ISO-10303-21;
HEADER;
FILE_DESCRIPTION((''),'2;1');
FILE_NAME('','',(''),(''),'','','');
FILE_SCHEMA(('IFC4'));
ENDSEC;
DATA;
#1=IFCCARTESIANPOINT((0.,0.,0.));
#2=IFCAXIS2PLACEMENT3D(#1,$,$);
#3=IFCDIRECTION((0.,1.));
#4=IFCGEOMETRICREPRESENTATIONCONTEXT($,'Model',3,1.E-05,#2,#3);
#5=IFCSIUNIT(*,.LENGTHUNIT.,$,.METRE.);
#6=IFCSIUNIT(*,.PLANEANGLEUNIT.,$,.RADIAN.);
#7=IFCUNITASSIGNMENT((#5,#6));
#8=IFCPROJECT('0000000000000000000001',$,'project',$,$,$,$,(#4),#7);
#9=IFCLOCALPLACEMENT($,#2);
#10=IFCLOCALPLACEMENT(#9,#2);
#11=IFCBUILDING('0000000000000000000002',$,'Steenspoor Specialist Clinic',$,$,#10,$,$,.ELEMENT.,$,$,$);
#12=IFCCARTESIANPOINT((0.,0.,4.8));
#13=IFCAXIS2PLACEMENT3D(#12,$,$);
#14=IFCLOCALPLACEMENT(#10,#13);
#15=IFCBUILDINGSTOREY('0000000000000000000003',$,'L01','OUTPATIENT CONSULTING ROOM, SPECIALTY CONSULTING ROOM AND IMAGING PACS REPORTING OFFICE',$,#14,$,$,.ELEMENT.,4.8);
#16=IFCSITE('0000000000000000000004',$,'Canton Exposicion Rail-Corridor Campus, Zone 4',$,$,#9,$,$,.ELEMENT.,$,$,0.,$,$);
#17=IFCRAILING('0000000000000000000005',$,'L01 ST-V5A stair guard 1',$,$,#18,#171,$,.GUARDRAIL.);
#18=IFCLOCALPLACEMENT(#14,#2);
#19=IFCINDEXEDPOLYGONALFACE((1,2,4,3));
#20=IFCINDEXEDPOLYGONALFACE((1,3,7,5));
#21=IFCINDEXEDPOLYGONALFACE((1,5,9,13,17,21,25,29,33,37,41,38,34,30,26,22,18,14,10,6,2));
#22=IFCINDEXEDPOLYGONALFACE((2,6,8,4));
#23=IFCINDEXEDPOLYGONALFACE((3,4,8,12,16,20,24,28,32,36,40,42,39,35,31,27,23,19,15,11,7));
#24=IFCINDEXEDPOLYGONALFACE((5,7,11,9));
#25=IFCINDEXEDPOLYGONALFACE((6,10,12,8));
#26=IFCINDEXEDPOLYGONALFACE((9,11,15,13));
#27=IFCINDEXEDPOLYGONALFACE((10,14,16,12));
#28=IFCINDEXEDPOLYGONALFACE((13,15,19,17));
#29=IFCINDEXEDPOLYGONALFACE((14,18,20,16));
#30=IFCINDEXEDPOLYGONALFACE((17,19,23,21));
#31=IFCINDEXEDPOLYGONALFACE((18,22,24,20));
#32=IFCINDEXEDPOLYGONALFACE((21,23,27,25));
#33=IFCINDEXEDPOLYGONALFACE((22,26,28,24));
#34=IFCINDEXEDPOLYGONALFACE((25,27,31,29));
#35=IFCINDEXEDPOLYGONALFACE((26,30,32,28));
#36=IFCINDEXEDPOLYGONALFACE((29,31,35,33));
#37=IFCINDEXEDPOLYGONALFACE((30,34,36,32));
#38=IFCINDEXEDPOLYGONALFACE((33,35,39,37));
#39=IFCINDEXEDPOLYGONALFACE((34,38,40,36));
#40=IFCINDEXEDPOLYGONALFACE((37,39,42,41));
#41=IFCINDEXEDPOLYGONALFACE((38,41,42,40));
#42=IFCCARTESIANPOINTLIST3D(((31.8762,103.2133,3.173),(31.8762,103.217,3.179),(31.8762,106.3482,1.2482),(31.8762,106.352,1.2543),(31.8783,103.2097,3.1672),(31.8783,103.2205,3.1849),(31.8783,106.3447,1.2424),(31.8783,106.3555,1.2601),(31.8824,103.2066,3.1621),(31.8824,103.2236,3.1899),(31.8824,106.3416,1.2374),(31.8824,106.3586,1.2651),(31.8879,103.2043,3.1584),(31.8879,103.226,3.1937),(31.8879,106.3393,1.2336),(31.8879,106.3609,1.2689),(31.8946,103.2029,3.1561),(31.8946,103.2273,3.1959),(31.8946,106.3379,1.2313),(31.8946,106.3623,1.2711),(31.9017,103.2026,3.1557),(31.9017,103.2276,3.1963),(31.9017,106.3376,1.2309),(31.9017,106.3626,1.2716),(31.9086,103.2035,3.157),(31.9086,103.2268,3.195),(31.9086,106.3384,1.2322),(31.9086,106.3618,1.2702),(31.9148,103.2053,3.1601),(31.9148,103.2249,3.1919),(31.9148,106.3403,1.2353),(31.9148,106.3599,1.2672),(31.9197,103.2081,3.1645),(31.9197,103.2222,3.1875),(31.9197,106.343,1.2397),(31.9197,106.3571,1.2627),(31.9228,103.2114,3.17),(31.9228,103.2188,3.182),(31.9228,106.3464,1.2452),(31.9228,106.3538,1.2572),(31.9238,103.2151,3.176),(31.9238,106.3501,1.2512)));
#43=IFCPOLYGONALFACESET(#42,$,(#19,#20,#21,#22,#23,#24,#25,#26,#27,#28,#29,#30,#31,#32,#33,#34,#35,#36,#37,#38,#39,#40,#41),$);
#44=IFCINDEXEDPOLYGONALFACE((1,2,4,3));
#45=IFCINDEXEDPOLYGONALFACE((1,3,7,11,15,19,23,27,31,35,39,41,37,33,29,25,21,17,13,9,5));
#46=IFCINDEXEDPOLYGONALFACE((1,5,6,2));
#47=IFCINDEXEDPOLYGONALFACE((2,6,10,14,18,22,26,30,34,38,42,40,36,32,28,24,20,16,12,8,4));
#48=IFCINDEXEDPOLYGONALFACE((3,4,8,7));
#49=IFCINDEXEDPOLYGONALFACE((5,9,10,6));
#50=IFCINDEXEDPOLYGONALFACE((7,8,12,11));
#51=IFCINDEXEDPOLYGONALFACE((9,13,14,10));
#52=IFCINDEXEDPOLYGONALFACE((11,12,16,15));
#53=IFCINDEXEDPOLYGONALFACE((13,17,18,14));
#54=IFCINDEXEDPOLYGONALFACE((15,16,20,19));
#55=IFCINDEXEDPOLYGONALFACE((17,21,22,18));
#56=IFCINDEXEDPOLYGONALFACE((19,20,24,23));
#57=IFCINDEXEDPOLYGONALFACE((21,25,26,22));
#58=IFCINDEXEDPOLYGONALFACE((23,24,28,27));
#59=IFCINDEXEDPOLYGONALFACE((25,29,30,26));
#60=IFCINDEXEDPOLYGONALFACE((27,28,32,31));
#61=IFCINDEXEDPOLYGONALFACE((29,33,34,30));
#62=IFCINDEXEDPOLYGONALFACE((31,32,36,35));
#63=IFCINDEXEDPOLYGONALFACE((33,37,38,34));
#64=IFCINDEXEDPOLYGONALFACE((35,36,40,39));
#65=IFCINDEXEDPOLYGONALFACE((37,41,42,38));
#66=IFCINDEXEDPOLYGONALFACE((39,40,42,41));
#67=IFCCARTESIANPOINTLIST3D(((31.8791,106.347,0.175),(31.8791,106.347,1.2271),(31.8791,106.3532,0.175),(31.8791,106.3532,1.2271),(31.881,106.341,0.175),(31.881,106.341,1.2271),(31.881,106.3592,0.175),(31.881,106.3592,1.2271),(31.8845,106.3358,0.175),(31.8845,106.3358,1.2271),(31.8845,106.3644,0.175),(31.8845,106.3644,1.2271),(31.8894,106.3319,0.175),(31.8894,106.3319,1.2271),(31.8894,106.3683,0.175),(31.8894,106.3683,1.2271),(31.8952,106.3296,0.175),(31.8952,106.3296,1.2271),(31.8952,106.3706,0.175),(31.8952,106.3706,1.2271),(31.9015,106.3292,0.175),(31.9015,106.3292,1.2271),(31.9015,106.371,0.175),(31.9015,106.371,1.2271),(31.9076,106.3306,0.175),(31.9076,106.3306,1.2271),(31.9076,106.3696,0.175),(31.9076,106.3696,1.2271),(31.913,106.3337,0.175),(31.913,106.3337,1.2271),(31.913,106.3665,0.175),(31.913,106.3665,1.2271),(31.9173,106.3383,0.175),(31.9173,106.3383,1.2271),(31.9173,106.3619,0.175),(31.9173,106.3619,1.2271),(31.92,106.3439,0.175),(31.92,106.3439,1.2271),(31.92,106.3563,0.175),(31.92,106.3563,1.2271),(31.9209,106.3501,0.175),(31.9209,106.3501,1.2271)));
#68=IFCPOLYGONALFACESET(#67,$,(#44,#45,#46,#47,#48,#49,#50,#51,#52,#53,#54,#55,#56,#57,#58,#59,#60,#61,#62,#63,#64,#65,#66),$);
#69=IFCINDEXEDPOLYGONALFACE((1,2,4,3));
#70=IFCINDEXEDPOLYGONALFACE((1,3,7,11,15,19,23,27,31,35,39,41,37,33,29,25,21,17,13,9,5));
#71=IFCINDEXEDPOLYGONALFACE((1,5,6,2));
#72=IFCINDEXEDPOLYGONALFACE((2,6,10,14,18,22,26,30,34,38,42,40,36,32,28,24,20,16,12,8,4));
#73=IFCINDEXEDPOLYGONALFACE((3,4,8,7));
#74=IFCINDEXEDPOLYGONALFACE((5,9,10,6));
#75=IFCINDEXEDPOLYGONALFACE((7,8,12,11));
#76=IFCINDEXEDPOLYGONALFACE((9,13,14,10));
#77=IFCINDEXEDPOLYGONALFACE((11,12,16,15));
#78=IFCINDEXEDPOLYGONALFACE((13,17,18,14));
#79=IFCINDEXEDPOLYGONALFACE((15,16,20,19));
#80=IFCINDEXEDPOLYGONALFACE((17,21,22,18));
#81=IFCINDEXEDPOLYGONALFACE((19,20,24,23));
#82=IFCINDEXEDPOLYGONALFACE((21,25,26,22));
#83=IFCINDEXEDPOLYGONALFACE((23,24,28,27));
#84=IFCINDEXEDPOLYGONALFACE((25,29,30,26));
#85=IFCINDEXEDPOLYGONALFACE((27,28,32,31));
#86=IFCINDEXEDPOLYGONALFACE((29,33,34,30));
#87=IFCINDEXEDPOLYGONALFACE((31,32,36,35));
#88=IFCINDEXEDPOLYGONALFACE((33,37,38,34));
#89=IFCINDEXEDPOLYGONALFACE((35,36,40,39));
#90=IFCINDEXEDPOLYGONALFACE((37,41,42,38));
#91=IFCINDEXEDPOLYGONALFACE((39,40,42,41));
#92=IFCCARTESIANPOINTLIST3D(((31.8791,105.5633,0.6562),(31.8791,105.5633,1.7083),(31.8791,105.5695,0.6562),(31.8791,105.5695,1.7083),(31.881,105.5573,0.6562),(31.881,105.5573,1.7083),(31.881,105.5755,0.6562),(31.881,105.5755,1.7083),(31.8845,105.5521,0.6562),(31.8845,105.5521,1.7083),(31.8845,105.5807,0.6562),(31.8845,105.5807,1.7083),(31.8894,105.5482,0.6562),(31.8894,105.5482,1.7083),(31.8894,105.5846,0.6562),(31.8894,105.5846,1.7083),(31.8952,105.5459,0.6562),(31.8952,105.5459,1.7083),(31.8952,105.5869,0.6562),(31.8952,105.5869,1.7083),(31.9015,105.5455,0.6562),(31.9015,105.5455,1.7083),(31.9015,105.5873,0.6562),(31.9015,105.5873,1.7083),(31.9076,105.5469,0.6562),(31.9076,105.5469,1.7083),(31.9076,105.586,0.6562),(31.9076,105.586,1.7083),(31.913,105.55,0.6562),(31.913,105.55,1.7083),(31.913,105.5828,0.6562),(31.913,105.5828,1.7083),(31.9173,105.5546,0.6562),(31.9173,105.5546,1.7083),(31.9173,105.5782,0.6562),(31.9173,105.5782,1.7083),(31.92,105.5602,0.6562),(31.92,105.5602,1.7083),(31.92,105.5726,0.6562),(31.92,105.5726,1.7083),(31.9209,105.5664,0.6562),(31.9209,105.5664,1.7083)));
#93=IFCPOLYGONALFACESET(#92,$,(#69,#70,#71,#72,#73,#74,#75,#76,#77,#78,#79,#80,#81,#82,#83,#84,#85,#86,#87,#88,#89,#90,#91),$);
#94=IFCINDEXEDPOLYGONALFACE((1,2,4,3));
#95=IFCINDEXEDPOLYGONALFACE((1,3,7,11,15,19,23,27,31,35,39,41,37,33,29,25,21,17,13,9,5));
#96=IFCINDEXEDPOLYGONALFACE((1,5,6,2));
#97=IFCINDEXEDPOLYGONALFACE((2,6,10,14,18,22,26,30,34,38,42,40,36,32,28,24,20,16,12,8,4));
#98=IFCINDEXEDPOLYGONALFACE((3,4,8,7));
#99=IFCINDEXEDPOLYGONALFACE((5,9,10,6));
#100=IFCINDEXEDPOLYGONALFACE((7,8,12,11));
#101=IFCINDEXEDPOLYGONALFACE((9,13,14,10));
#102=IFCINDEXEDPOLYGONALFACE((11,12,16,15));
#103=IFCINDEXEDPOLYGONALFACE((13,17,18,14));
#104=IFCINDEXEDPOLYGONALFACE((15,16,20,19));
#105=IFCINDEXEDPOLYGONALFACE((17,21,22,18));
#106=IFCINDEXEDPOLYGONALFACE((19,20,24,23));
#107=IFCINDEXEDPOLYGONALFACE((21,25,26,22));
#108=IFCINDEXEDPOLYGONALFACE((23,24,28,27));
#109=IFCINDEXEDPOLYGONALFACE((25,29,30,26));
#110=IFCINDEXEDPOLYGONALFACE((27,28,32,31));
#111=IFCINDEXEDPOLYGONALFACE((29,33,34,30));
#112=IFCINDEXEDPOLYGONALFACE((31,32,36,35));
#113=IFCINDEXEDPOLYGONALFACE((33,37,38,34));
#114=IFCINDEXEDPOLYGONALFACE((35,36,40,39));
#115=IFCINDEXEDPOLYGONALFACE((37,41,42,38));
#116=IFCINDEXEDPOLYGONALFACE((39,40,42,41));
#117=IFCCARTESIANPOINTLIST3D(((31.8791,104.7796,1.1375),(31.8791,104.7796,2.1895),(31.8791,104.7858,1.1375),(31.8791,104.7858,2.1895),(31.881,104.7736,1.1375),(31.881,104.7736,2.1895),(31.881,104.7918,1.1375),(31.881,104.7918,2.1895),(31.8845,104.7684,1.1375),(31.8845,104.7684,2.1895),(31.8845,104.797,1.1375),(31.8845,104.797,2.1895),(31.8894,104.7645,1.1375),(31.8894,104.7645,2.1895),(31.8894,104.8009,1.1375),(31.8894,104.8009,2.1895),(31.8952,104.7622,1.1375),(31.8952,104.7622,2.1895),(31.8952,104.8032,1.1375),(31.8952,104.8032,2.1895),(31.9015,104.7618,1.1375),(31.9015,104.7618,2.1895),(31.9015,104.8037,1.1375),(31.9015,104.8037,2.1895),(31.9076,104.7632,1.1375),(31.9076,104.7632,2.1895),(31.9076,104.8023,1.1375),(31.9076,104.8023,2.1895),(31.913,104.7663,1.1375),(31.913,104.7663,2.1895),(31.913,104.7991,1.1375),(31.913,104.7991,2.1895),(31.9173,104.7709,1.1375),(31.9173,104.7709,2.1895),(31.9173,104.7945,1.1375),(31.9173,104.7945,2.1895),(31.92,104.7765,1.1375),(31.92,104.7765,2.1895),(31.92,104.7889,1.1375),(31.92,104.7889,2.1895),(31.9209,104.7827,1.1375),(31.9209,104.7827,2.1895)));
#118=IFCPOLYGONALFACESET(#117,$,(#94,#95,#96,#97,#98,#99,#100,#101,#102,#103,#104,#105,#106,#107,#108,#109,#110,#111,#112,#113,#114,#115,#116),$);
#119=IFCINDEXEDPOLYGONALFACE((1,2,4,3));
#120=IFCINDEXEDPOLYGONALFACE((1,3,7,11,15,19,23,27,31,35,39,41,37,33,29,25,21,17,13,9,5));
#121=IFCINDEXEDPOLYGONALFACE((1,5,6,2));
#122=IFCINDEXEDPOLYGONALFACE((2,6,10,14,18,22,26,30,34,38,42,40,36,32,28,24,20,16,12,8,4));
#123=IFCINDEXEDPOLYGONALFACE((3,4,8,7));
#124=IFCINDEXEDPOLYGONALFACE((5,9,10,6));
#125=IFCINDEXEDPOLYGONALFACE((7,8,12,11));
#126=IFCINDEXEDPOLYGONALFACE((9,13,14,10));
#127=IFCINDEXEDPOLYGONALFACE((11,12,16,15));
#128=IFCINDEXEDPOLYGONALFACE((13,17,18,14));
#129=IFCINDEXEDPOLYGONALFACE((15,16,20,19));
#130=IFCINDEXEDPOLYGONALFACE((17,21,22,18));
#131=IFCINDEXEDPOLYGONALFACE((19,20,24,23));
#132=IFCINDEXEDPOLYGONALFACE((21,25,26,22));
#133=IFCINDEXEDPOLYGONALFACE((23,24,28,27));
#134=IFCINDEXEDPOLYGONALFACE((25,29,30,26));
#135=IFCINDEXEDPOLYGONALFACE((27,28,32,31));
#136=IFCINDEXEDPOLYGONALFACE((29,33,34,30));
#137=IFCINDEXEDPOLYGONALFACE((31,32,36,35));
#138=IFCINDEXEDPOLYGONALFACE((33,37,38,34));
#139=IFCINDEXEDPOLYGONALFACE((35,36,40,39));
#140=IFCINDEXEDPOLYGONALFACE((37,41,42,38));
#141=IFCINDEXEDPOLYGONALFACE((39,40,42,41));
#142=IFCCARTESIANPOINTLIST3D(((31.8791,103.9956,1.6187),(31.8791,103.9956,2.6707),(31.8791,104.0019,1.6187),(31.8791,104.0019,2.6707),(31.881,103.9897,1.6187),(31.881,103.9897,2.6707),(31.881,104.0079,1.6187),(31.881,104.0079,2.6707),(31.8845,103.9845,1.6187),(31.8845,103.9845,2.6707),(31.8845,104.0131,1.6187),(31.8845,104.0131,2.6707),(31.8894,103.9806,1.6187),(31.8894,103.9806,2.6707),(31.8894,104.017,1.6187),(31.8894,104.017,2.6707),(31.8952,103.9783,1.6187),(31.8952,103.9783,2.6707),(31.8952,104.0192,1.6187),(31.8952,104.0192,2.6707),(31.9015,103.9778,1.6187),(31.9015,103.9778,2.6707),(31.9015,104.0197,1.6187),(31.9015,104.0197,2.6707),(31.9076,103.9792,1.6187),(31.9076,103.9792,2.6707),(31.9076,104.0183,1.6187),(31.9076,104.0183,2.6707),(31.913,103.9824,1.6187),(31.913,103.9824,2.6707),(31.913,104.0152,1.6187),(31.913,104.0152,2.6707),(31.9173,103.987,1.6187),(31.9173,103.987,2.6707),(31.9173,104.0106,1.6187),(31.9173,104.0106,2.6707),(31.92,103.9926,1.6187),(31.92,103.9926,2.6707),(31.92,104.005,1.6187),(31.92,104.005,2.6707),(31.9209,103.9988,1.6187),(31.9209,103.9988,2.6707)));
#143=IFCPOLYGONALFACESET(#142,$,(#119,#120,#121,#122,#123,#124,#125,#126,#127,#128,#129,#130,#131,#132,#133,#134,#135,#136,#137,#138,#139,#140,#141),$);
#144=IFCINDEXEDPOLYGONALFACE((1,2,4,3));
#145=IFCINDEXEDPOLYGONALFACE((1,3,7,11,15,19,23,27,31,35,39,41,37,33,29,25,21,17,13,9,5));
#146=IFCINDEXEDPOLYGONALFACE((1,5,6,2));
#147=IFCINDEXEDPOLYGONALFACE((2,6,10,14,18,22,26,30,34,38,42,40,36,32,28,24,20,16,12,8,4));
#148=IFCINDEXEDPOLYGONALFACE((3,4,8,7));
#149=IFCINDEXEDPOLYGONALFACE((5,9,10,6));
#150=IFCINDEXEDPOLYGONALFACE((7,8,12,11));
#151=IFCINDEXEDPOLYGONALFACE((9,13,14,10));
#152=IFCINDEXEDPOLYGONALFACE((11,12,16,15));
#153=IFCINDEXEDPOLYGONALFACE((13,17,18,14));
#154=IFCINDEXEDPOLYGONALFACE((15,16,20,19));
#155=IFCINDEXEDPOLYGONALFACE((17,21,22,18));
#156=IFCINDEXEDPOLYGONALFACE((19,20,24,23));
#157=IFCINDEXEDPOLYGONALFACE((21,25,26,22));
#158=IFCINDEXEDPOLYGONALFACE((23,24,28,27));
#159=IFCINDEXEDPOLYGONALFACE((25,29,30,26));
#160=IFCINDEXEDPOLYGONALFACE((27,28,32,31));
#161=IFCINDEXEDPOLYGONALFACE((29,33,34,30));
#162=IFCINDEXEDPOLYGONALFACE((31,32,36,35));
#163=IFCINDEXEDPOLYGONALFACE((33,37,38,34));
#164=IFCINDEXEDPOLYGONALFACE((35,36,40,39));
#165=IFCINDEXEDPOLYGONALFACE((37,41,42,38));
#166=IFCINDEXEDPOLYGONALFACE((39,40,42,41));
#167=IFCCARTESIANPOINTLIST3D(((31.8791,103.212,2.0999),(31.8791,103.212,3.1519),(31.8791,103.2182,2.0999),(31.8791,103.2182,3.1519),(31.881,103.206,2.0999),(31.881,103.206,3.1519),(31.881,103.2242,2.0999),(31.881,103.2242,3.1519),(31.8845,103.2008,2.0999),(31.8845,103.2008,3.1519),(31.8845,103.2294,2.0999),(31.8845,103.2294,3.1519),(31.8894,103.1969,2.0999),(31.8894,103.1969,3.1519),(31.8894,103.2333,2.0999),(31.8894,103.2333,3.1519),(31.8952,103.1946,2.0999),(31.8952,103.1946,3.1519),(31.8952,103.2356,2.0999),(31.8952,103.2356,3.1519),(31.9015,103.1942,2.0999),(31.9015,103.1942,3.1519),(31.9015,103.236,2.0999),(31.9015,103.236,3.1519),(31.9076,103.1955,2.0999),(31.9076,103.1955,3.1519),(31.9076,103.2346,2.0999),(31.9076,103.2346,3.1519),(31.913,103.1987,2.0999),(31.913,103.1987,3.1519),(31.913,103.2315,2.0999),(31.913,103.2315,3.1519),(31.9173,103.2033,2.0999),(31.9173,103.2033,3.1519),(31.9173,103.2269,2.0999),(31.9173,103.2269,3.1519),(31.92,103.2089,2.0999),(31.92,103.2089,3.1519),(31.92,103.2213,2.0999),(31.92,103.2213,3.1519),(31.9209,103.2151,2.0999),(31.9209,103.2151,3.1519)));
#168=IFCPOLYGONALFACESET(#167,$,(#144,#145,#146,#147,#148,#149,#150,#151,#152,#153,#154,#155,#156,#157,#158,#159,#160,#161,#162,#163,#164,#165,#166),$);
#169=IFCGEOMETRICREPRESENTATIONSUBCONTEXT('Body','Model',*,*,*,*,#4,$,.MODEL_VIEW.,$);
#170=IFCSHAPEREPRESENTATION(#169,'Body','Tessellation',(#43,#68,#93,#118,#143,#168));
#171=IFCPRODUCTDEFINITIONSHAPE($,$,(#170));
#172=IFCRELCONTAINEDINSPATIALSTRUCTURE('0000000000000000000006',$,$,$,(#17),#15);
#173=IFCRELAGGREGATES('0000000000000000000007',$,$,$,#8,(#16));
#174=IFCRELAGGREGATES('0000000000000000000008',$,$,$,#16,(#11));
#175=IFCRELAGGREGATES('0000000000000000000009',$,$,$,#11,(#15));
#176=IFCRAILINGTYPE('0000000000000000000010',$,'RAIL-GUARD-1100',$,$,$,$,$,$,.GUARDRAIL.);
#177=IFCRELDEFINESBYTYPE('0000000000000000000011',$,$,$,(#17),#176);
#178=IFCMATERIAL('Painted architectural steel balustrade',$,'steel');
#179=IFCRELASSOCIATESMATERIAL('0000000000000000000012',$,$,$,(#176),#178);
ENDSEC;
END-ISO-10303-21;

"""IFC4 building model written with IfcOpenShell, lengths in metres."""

from ifc_helpers import new_model, si_unit, direction, frame, origin, origin_2d, place, context, subcontext, project, spatial, circle, extrude, material, type_object, element, save


model = new_model("IFC4")

# Units and contexts
model_context = context("Model", 3, precision=1e-05, world=origin(), true_north=direction((0.0, 1.0)))
body_context = subcontext(model_context, "Body", "Model", "MODEL_VIEW")
ifc_project = project(units=[si_unit("LENGTHUNIT", "METRE"), si_unit("PLANEANGLEUNIT", "RADIAN")], contexts=[model_context])

# Site, building, storey
site_placement = place(None, origin())
site = spatial("IfcSite", under=ifc_project, at=site_placement, Name="Canton Exposicion Rail-Corridor Campus, Zone 4", CompositionType="ELEMENT", RefElevation=0.0)
building_placement = place(site_placement, origin())
building = spatial("IfcBuilding", under=site, at=building_placement, Name="Steenspoor Specialist Clinic", CompositionType="ELEMENT")
storey_placement = place(building_placement, frame((0.0, 0.0, 4.8)))
storey = spatial("IfcBuildingStorey", under=building, at=storey_placement, Name="L01", Description="OUTPATIENT CONSULTING ROOM, SPECIALTY CONSULTING ROOM AND IMAGING PACS REPORTING OFFICE", CompositionType="ELEMENT", Elevation=4.8)

# Railing
ifc_material_1 = material(Name="Painted architectural steel balustrade", Category="steel")
railing_type_1 = type_object("IfcRailingType", Name="RAIL-GUARD-1100", PredefinedType="GUARDRAIL", material=ifc_material_1)
railing_1_placement = place(storey_placement, frame((31.8999, 106.3501, 0.175)))
element("IfcRailing", 1, at=railing_1_placement, inside=storey, type_object=railing_type_1, Name="L01 ST-V5A stair guard 1", PredefinedType="GUARDRAIL", context=body_context, shape_type="SweptSolid", body=[
    extrude(circle(Radius=0.0239, at=origin_2d()), frame((0.0, 0.0, 1.0762), z_axis=(0.0, -0.852196, 0.523223), x_axis=(1.0, 0.0, 0.0)), (0.0, 0.0, 1.0), 3.6787),
    extrude(circle(Radius=0.021, at=origin_2d()), origin(), (0.0, 0.0, 1.0), 1.052),
    extrude(circle(Radius=0.021, at=origin_2d()), frame((0.0, -0.7837, 0.4812)), (0.0, 0.0, 1.0), 1.052),
    extrude(circle(Radius=0.021, at=origin_2d()), frame((0.0, -1.5674, 0.9624)), (0.0, 0.0, 1.0), 1.052),
    extrude(circle(Radius=0.021, at=origin_2d()), frame((0.0, -2.3513, 1.4436)), (0.0, 0.0, 1.0), 1.052),
    extrude(circle(Radius=0.021, at=origin_2d()), frame((0.0, -3.135, 1.9248)), (0.0, 0.0, 1.0), 1.052),
])

save(model, "model.ifc")
